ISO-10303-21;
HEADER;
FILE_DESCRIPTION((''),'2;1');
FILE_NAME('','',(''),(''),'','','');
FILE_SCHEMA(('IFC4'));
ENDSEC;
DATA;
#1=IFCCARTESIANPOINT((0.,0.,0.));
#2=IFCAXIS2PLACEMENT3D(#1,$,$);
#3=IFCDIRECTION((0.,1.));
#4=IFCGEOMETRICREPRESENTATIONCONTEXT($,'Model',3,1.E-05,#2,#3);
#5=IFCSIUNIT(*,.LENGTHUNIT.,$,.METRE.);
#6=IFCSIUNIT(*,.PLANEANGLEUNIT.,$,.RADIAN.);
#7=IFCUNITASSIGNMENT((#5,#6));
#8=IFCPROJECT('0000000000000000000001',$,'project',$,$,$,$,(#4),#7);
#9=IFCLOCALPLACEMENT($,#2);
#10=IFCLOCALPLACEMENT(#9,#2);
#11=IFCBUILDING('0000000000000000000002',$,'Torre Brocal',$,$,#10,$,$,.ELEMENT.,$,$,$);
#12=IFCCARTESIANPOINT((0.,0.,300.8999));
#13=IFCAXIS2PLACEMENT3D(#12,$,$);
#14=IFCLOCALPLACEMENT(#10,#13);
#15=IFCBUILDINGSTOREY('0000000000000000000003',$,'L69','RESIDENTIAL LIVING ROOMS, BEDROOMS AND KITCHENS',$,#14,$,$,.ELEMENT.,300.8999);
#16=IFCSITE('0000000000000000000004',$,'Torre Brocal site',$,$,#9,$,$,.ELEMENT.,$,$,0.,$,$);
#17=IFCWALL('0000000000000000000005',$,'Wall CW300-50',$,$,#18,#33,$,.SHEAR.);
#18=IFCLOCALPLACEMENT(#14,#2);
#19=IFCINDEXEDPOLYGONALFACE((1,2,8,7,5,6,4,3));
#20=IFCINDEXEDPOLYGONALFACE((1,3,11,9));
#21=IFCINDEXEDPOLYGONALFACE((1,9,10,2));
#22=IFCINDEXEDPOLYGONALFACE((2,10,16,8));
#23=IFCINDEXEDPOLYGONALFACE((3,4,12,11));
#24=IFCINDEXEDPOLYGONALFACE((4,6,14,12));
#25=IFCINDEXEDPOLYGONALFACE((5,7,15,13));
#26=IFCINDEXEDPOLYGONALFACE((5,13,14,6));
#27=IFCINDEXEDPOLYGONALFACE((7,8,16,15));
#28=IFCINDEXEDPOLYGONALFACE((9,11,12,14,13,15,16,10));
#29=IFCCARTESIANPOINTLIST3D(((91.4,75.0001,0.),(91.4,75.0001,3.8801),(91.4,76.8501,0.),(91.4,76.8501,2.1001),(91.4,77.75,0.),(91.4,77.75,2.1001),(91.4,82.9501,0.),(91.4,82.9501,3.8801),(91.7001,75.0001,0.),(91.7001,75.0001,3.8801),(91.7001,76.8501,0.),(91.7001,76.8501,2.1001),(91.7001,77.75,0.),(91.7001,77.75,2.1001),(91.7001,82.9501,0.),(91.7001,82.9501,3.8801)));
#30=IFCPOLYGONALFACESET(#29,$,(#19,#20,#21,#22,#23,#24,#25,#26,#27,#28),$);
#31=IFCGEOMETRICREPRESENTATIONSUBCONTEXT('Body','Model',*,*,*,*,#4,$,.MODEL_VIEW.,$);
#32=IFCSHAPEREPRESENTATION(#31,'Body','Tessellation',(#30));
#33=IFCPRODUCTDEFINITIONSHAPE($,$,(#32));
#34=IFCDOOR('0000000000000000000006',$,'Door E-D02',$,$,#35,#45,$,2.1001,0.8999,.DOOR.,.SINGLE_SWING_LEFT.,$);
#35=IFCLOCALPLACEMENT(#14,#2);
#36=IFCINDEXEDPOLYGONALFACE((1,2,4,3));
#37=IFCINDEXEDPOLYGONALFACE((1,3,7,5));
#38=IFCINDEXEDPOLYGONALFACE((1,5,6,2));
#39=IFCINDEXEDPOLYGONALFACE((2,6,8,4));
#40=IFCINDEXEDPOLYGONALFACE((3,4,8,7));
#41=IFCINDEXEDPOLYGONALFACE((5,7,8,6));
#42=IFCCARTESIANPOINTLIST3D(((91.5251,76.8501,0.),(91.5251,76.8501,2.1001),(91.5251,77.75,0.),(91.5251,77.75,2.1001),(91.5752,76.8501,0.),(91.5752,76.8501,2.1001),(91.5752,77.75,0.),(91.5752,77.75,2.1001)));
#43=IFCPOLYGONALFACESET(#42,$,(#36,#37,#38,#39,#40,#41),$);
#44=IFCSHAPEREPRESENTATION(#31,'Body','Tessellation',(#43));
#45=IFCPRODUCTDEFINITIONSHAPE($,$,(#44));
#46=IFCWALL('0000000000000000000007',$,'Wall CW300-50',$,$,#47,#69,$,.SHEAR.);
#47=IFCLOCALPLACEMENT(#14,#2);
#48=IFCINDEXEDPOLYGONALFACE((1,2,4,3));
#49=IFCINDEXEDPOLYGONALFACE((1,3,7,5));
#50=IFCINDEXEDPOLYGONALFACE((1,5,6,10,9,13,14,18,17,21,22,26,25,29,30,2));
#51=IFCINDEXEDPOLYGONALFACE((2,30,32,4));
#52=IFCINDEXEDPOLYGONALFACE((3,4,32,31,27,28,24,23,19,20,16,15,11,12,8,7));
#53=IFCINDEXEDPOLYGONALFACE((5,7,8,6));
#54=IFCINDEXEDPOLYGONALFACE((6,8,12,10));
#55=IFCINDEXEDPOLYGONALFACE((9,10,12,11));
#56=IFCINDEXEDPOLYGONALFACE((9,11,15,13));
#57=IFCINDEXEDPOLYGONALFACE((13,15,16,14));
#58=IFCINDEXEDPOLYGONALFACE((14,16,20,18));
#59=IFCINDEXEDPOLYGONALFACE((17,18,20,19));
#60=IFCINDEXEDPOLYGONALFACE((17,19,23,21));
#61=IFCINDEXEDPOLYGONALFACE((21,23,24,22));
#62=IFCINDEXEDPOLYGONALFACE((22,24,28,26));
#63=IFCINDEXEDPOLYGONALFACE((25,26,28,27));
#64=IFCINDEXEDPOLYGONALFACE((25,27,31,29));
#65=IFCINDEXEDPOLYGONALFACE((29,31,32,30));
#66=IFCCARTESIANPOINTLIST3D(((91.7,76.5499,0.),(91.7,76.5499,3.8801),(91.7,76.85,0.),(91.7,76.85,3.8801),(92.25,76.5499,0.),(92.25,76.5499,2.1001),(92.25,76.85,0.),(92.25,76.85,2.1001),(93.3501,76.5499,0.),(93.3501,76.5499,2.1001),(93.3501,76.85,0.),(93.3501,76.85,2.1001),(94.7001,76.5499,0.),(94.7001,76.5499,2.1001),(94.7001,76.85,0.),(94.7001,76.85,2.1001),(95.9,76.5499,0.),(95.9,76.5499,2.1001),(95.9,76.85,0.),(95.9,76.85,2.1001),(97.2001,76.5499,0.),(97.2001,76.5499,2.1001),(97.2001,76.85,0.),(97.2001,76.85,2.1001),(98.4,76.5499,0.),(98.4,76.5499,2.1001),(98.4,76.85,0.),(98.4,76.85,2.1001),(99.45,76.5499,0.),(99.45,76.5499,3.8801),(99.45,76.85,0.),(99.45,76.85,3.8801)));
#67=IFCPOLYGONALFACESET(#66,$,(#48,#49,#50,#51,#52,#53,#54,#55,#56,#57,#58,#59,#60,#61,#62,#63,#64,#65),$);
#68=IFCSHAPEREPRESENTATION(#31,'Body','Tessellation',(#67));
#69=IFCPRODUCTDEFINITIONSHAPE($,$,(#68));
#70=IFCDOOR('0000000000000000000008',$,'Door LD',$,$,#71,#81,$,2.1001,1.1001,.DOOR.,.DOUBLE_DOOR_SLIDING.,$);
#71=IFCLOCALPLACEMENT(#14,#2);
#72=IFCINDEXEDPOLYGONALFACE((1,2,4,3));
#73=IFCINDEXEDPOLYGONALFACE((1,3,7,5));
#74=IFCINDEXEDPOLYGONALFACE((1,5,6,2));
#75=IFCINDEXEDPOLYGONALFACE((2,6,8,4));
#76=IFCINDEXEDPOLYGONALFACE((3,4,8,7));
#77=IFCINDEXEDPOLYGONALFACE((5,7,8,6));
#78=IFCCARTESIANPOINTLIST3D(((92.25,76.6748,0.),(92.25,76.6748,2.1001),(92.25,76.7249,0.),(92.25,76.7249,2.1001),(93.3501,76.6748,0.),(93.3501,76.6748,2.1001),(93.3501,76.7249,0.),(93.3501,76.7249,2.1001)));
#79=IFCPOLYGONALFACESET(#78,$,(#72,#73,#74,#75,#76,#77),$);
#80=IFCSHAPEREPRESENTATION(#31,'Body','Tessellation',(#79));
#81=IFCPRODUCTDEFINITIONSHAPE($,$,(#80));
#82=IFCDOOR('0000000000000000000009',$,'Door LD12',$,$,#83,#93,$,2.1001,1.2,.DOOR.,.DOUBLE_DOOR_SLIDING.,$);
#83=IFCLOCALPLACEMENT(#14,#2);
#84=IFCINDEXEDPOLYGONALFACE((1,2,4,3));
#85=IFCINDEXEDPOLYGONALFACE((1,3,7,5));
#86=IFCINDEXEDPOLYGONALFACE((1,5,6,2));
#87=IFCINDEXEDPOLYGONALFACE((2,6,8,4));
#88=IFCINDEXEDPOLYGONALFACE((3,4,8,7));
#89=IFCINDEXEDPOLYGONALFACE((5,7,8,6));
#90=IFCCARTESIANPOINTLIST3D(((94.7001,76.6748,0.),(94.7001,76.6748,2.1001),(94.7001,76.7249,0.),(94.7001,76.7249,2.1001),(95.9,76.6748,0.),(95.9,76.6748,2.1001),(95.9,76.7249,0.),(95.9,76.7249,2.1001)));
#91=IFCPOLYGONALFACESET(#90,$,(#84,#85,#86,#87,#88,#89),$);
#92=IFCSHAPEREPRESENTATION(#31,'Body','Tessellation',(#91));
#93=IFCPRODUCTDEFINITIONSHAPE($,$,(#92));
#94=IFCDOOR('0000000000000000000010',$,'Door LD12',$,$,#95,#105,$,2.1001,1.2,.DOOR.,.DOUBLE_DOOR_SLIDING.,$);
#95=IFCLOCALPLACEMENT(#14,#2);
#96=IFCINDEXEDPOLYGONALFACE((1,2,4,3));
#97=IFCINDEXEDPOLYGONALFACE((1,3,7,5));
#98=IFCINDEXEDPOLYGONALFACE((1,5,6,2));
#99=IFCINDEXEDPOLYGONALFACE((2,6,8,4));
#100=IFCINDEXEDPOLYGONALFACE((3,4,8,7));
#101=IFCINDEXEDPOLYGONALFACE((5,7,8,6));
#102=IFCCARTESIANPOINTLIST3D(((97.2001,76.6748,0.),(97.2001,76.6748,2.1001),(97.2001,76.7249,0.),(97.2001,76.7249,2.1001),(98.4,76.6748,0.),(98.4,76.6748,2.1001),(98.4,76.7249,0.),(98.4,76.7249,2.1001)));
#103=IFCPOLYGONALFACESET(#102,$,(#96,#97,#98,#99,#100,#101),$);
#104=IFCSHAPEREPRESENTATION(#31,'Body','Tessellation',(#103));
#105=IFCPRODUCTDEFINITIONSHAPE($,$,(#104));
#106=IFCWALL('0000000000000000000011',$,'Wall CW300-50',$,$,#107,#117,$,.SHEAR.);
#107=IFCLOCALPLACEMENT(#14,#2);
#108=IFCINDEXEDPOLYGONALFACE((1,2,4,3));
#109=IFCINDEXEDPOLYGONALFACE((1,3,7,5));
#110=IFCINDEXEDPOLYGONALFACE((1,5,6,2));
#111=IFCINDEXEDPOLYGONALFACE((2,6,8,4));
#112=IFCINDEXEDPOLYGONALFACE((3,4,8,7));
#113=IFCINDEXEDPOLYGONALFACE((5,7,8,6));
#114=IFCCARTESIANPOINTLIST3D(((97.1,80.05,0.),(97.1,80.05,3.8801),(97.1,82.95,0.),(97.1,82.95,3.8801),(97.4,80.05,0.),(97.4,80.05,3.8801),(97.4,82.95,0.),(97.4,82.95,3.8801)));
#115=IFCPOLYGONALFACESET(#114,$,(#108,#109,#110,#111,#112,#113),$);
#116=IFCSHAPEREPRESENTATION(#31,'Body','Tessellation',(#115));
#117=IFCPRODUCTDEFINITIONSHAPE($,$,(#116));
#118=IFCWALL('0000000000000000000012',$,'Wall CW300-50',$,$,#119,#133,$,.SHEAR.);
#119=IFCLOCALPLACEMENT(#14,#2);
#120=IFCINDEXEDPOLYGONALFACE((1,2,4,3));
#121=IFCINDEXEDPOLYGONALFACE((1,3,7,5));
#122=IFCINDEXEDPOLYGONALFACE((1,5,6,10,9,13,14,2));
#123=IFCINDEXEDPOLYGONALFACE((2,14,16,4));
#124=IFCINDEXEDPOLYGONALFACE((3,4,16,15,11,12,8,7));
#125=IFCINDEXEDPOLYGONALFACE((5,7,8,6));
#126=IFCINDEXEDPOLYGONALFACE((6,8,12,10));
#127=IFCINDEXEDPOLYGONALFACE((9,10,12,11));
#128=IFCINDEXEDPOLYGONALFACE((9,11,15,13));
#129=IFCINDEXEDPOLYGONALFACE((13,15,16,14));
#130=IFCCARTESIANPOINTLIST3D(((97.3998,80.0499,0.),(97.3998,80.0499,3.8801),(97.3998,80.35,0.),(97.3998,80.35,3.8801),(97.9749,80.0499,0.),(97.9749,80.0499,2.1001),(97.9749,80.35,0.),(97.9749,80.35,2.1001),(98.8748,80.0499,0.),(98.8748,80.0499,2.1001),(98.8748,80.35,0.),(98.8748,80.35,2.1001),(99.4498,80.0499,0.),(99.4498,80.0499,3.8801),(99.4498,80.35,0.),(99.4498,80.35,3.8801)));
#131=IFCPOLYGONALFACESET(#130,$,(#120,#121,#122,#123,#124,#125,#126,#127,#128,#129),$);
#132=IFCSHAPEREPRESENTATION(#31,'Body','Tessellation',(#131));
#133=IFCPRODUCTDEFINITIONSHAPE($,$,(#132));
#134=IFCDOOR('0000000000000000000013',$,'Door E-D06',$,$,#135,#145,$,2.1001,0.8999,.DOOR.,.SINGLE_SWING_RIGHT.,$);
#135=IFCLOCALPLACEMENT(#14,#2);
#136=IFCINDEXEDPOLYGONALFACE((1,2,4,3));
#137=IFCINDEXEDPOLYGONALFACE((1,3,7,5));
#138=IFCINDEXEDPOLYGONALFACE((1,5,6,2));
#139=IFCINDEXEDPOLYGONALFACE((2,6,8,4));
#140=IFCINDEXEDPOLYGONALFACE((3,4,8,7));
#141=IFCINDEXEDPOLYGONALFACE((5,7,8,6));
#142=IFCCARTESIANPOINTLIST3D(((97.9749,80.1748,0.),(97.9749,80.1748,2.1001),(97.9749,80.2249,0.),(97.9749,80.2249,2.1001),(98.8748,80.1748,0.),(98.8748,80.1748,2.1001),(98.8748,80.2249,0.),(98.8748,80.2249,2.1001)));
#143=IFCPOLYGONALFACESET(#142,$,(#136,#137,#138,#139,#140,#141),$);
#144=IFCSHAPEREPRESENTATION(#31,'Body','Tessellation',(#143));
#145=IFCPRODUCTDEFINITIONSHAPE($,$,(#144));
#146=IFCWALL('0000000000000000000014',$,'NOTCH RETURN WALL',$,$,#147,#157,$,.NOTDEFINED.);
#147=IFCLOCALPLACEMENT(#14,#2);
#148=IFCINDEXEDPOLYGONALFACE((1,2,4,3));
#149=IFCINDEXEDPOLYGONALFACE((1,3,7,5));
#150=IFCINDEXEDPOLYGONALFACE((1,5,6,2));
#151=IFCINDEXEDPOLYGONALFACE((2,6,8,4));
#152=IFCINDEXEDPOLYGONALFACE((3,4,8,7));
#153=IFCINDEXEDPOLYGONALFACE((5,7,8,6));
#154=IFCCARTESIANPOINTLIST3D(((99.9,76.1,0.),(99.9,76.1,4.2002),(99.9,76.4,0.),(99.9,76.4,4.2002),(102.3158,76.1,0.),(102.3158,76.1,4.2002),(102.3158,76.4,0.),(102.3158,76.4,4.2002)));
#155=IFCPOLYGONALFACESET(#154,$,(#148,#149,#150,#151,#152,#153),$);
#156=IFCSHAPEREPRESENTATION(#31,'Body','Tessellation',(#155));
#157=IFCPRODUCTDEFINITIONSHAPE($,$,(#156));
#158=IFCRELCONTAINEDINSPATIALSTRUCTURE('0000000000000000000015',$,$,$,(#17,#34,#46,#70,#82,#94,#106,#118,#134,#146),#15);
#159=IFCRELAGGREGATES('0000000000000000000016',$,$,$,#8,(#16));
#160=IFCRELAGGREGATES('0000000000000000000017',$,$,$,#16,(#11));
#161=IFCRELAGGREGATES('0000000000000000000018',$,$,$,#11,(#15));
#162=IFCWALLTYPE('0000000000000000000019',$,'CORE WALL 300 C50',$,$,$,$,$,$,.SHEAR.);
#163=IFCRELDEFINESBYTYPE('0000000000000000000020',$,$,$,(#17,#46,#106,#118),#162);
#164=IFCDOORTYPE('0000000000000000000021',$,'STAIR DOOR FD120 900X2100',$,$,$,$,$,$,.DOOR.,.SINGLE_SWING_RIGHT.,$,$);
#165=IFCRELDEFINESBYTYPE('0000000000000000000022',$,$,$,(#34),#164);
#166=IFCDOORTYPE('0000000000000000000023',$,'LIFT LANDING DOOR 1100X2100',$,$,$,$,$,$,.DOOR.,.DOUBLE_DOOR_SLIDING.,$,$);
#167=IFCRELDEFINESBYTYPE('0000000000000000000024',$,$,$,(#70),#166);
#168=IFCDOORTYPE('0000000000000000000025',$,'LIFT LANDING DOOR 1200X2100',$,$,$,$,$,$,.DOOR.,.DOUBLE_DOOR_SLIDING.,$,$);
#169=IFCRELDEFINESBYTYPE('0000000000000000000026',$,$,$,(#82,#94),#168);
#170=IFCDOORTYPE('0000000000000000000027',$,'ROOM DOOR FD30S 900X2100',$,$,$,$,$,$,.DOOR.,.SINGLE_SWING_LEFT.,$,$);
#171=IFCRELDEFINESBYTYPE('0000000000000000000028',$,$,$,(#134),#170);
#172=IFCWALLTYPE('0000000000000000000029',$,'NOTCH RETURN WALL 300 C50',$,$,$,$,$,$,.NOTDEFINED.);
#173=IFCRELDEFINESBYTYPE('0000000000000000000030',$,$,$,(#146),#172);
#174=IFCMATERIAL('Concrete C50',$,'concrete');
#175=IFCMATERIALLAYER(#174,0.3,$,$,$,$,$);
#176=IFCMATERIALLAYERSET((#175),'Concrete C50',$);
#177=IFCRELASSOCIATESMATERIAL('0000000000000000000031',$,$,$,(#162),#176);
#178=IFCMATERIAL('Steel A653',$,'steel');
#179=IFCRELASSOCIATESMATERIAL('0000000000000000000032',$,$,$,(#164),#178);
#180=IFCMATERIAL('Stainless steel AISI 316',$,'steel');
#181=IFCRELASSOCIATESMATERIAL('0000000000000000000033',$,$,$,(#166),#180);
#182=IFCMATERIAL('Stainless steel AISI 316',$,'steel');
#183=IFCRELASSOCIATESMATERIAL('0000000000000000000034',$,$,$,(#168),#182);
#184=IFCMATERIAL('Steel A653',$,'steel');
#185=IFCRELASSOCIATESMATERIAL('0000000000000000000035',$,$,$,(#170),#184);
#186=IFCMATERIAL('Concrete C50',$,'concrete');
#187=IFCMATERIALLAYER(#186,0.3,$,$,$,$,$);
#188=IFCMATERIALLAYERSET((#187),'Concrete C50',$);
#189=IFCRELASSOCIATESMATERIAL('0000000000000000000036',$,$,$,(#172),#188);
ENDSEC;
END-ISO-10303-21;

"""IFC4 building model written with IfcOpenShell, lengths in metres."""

from ifc_helpers import new_model, si_unit, direction, frame, frame_2d, origin, place, context, subcontext, project, spatial, rectangle, extrude, material, layer, layer_set, type_object, element, fill, save


model = new_model("IFC4")

# Units and contexts
model_context = context("Model", 3, precision=1e-05, world=origin(), true_north=direction((0.0, 1.0)))
body_context = subcontext(model_context, "Body", "Model", "MODEL_VIEW")
ifc_project = project(units=[si_unit("LENGTHUNIT", "METRE"), si_unit("PLANEANGLEUNIT", "RADIAN")], contexts=[model_context])

# Site, building, storey
site_placement = place(None, origin())
site = spatial("IfcSite", under=ifc_project, at=site_placement, Name="Torre Brocal site", CompositionType="ELEMENT", RefElevation=0.0)
building_placement = place(site_placement, origin())
building = spatial("IfcBuilding", under=site, at=building_placement, Name="Torre Brocal", CompositionType="ELEMENT")
storey_placement = place(building_placement, frame((0.0, 0.0, 300.8999)))
storey = spatial("IfcBuildingStorey", under=building, at=storey_placement, Name="L69", Description="RESIDENTIAL LIVING ROOMS, BEDROOMS AND KITCHENS", CompositionType="ELEMENT", Elevation=300.8999)

# Wall, opening, door
ifc_material_1 = material(Name="Concrete C50", Category="concrete")
ifc_layer_1 = layer(ifc_material_1, 0.3)
ifc_layer_set_1 = layer_set([ifc_layer_1], Name="Concrete C50")
wall_type_1 = type_object("IfcWallType", Name="CORE WALL 300 C50", PredefinedType="SHEAR", material=ifc_layer_set_1)
wall_1_placement = place(storey_placement, frame((91.55, 75.0, 0.0), z_axis=(0.0, 0.0, 1.0), x_axis=(0.0, 1.0, 0.0)))
wall_1 = element("IfcWall", 1, at=wall_1_placement, inside=storey, type_object=wall_type_1, Name="Wall CW300-50", PredefinedType="SHEAR", context=body_context, shape_type="SweptSolid", body=[
    extrude(rectangle(XDim=7.95, YDim=0.3, at=frame_2d((3.9751, 0.0))), origin(), (0.0, 0.0, 1.0), 3.8801),
])
opening_1_placement = place(wall_1_placement, frame((1.8501, 0.0, 0.0)))
opening_1 = element("IfcOpeningElement", 2, at=opening_1_placement, cuts=wall_1, PredefinedType="OPENING", context=body_context, shape_type="SweptSolid", body=[
    extrude(rectangle(XDim=0.8999, YDim=2.1001, at=frame_2d((0.45, 1.05))), frame((0.0, 0.1599, 0.0), z_axis=(0.0, -1.0, 0.0), x_axis=(1.0, 0.0, 0.0)), (0.0, 0.0, 1.0), 0.3201),
])
ifc_material_2 = material(Name="Steel A653", Category="steel")
door_type_1 = type_object("IfcDoorType", Name="STAIR DOOR FD120 900X2100", OperationType="SINGLE_SWING_RIGHT", PredefinedType="DOOR", material=ifc_material_2)
door_1_placement = place(opening_1_placement, origin())
door_1 = element("IfcDoor", 3, at=door_1_placement, inside=storey, type_object=door_type_1, Name="Door E-D02", OperationType="SINGLE_SWING_LEFT", OverallHeight=2.1001, OverallWidth=0.8999, PredefinedType="DOOR", context=body_context, shape_type="SweptSolid", body=[
    extrude(rectangle(XDim=0.8999, YDim=2.1001, at=frame_2d((0.45, 1.05))), frame((0.0, 0.0249, 0.0), z_axis=(0.0, -1.0, 0.0), x_axis=(1.0, 0.0, 0.0)), (0.0, 0.0, 1.0), 0.05),
])
fill(opening_1, door_1)

# Wall, openings, doors
wall_2_placement = place(storey_placement, frame((91.7, 76.7, 0.0), z_axis=(0.0, 0.0, 1.0), x_axis=(1.0, 0.0, 0.0)))
wall_2 = element("IfcWall", 4, at=wall_2_placement, inside=storey, type_object=wall_type_1, Name="Wall CW300-50", PredefinedType="SHEAR", context=body_context, shape_type="SweptSolid", body=[
    extrude(rectangle(XDim=7.75, YDim=0.3, at=frame_2d((3.875, 0.0))), origin(), (0.0, 0.0, 1.0), 3.8801),
])
opening_2_placement = place(wall_2_placement, frame((0.55, 0.0, 0.0)))
opening_2 = element("IfcOpeningElement", 5, at=opening_2_placement, cuts=wall_2, PredefinedType="OPENING", context=body_context, shape_type="SweptSolid", body=[
    extrude(rectangle(XDim=1.1001, YDim=2.1001, at=frame_2d((0.55, 1.05))), frame((0.0, 0.1599, 0.0), z_axis=(0.0, -1.0, 0.0), x_axis=(1.0, 0.0, 0.0)), (0.0, 0.0, 1.0), 0.3201),
])
opening_3_placement = place(wall_2_placement, frame((3.0, 0.0, 0.0)))
opening_3 = element("IfcOpeningElement", 6, at=opening_3_placement, cuts=wall_2, PredefinedType="OPENING", context=body_context, shape_type="SweptSolid", body=[
    extrude(rectangle(XDim=1.2, YDim=2.1001, at=frame_2d((0.6001, 1.05))), frame((0.0, 0.1599, 0.0), z_axis=(0.0, -1.0, 0.0), x_axis=(1.0, 0.0, 0.0)), (0.0, 0.0, 1.0), 0.3201),
])
opening_4_placement = place(wall_2_placement, frame((5.5, 0.0, 0.0)))
opening_4 = element("IfcOpeningElement", 7, at=opening_4_placement, cuts=wall_2, PredefinedType="OPENING", context=body_context, shape_type="SweptSolid", body=[
    extrude(rectangle(XDim=1.2, YDim=2.1001, at=frame_2d((0.6001, 1.05))), frame((0.0, 0.1599, 0.0), z_axis=(0.0, -1.0, 0.0), x_axis=(1.0, 0.0, 0.0)), (0.0, 0.0, 1.0), 0.3201),
])
ifc_material_3 = material(Name="Stainless steel AISI 316", Category="steel")
door_type_2 = type_object("IfcDoorType", Name="LIFT LANDING DOOR 1100X2100", OperationType="DOUBLE_DOOR_SLIDING", PredefinedType="DOOR", material=ifc_material_3)
door_2_placement = place(opening_2_placement, origin())
door_2 = element("IfcDoor", 8, at=door_2_placement, inside=storey, type_object=door_type_2, Name="Door LD", OperationType="DOUBLE_DOOR_SLIDING", OverallHeight=2.1001, OverallWidth=1.1001, PredefinedType="DOOR", context=body_context, shape_type="SweptSolid", body=[
    extrude(rectangle(XDim=1.1001, YDim=2.1001, at=frame_2d((0.55, 1.05))), frame((0.0, 0.0249, 0.0), z_axis=(0.0, -1.0, 0.0), x_axis=(1.0, 0.0, 0.0)), (0.0, 0.0, 1.0), 0.05),
])
fill(opening_2, door_2)
ifc_material_4 = material(Name="Stainless steel AISI 316", Category="steel")
door_type_3 = type_object("IfcDoorType", Name="LIFT LANDING DOOR 1200X2100", OperationType="DOUBLE_DOOR_SLIDING", PredefinedType="DOOR", material=ifc_material_4)
door_3_placement = place(opening_3_placement, origin())
door_3 = element("IfcDoor", 9, at=door_3_placement, inside=storey, type_object=door_type_3, Name="Door LD12", OperationType="DOUBLE_DOOR_SLIDING", OverallHeight=2.1001, OverallWidth=1.2, PredefinedType="DOOR", context=body_context, shape_type="SweptSolid", body=[
    extrude(rectangle(XDim=1.2, YDim=2.1001, at=frame_2d((0.6001, 1.05))), frame((0.0, 0.0249, 0.0), z_axis=(0.0, -1.0, 0.0), x_axis=(1.0, 0.0, 0.0)), (0.0, 0.0, 1.0), 0.05),
])
fill(opening_3, door_3)
door_4_placement = place(opening_4_placement, origin())
door_4 = element("IfcDoor", 10, at=door_4_placement, inside=storey, type_object=door_type_3, Name="Door LD12", OperationType="DOUBLE_DOOR_SLIDING", OverallHeight=2.1001, OverallWidth=1.2, PredefinedType="DOOR", context=body_context, shape_type="SweptSolid", body=[
    extrude(rectangle(XDim=1.2, YDim=2.1001, at=frame_2d((0.6001, 1.05))), frame((0.0, 0.0249, 0.0), z_axis=(0.0, -1.0, 0.0), x_axis=(1.0, 0.0, 0.0)), (0.0, 0.0, 1.0), 0.05),
])
fill(opening_4, door_4)

# Wall
wall_3_placement = place(storey_placement, frame((97.25, 80.05, 0.0), z_axis=(0.0, 0.0, 1.0), x_axis=(0.0, 1.0, 0.0)))
element("IfcWall", 11, at=wall_3_placement, inside=storey, type_object=wall_type_1, Name="Wall CW300-50", PredefinedType="SHEAR", context=body_context, shape_type="SweptSolid", body=[
    extrude(rectangle(XDim=2.8999, YDim=0.3, at=frame_2d((1.45, 0.0))), origin(), (0.0, 0.0, 1.0), 3.8801),
])

# Wall, opening, door
wall_4_placement = place(storey_placement, frame((97.3999, 80.2, 0.0), z_axis=(0.0, 0.0, 1.0), x_axis=(1.0, 0.0, 0.0)))
wall_4 = element("IfcWall", 12, at=wall_4_placement, inside=storey, type_object=wall_type_1, Name="Wall CW300-50", PredefinedType="SHEAR", context=body_context, shape_type="SweptSolid", body=[
    extrude(rectangle(XDim=2.05, YDim=0.3, at=frame_2d((1.0249, 0.0))), origin(), (0.0, 0.0, 1.0), 3.8801),
])
opening_5_placement = place(wall_4_placement, frame((0.575, 0.0, 0.0)))
opening_5 = element("IfcOpeningElement", 13, at=opening_5_placement, cuts=wall_4, PredefinedType="OPENING", context=body_context, shape_type="SweptSolid", body=[
    extrude(rectangle(XDim=0.8999, YDim=2.1001, at=frame_2d((0.45, 1.05))), frame((0.0, 0.1599, 0.0), z_axis=(0.0, -1.0, 0.0), x_axis=(1.0, 0.0, 0.0)), (0.0, 0.0, 1.0), 0.3201),
])
ifc_material_5 = material(Name="Steel A653", Category="steel")
door_type_4 = type_object("IfcDoorType", Name="ROOM DOOR FD30S 900X2100", OperationType="SINGLE_SWING_LEFT", PredefinedType="DOOR", material=ifc_material_5)
door_5_placement = place(opening_5_placement, origin())
door_5 = element("IfcDoor", 14, at=door_5_placement, inside=storey, type_object=door_type_4, Name="Door E-D06", OperationType="SINGLE_SWING_RIGHT", OverallHeight=2.1001, OverallWidth=0.8999, PredefinedType="DOOR", context=body_context, shape_type="SweptSolid", body=[
    extrude(rectangle(XDim=0.8999, YDim=2.1001, at=frame_2d((0.45, 1.05))), frame((0.0, 0.0249, 0.0), z_axis=(0.0, -1.0, 0.0), x_axis=(1.0, 0.0, 0.0)), (0.0, 0.0, 1.0), 0.05),
])
fill(opening_5, door_5)

# Wall
ifc_material_6 = material(Name="Concrete C50", Category="concrete")
ifc_layer_2 = layer(ifc_material_6, 0.3)
ifc_layer_set_2 = layer_set([ifc_layer_2], Name="Concrete C50")
wall_type_2 = type_object("IfcWallType", Name="NOTCH RETURN WALL 300 C50", PredefinedType="NOTDEFINED", material=ifc_layer_set_2)
wall_5_placement = place(storey_placement, frame((99.8999, 76.25, 0.0), z_axis=(0.0, 0.0, 1.0), x_axis=(1.0, 0.0, 0.0)))
element("IfcWall", 15, at=wall_5_placement, inside=storey, type_object=wall_type_2, Name="NOTCH RETURN WALL", PredefinedType="NOTDEFINED", context=body_context, shape_type="SweptSolid", body=[
    extrude(rectangle(XDim=2.4158, YDim=0.3, at=frame_2d((1.208, 0.0))), origin(), (0.0, 0.0, 1.0), 4.2002),
])

save(model, "model.ifc")
